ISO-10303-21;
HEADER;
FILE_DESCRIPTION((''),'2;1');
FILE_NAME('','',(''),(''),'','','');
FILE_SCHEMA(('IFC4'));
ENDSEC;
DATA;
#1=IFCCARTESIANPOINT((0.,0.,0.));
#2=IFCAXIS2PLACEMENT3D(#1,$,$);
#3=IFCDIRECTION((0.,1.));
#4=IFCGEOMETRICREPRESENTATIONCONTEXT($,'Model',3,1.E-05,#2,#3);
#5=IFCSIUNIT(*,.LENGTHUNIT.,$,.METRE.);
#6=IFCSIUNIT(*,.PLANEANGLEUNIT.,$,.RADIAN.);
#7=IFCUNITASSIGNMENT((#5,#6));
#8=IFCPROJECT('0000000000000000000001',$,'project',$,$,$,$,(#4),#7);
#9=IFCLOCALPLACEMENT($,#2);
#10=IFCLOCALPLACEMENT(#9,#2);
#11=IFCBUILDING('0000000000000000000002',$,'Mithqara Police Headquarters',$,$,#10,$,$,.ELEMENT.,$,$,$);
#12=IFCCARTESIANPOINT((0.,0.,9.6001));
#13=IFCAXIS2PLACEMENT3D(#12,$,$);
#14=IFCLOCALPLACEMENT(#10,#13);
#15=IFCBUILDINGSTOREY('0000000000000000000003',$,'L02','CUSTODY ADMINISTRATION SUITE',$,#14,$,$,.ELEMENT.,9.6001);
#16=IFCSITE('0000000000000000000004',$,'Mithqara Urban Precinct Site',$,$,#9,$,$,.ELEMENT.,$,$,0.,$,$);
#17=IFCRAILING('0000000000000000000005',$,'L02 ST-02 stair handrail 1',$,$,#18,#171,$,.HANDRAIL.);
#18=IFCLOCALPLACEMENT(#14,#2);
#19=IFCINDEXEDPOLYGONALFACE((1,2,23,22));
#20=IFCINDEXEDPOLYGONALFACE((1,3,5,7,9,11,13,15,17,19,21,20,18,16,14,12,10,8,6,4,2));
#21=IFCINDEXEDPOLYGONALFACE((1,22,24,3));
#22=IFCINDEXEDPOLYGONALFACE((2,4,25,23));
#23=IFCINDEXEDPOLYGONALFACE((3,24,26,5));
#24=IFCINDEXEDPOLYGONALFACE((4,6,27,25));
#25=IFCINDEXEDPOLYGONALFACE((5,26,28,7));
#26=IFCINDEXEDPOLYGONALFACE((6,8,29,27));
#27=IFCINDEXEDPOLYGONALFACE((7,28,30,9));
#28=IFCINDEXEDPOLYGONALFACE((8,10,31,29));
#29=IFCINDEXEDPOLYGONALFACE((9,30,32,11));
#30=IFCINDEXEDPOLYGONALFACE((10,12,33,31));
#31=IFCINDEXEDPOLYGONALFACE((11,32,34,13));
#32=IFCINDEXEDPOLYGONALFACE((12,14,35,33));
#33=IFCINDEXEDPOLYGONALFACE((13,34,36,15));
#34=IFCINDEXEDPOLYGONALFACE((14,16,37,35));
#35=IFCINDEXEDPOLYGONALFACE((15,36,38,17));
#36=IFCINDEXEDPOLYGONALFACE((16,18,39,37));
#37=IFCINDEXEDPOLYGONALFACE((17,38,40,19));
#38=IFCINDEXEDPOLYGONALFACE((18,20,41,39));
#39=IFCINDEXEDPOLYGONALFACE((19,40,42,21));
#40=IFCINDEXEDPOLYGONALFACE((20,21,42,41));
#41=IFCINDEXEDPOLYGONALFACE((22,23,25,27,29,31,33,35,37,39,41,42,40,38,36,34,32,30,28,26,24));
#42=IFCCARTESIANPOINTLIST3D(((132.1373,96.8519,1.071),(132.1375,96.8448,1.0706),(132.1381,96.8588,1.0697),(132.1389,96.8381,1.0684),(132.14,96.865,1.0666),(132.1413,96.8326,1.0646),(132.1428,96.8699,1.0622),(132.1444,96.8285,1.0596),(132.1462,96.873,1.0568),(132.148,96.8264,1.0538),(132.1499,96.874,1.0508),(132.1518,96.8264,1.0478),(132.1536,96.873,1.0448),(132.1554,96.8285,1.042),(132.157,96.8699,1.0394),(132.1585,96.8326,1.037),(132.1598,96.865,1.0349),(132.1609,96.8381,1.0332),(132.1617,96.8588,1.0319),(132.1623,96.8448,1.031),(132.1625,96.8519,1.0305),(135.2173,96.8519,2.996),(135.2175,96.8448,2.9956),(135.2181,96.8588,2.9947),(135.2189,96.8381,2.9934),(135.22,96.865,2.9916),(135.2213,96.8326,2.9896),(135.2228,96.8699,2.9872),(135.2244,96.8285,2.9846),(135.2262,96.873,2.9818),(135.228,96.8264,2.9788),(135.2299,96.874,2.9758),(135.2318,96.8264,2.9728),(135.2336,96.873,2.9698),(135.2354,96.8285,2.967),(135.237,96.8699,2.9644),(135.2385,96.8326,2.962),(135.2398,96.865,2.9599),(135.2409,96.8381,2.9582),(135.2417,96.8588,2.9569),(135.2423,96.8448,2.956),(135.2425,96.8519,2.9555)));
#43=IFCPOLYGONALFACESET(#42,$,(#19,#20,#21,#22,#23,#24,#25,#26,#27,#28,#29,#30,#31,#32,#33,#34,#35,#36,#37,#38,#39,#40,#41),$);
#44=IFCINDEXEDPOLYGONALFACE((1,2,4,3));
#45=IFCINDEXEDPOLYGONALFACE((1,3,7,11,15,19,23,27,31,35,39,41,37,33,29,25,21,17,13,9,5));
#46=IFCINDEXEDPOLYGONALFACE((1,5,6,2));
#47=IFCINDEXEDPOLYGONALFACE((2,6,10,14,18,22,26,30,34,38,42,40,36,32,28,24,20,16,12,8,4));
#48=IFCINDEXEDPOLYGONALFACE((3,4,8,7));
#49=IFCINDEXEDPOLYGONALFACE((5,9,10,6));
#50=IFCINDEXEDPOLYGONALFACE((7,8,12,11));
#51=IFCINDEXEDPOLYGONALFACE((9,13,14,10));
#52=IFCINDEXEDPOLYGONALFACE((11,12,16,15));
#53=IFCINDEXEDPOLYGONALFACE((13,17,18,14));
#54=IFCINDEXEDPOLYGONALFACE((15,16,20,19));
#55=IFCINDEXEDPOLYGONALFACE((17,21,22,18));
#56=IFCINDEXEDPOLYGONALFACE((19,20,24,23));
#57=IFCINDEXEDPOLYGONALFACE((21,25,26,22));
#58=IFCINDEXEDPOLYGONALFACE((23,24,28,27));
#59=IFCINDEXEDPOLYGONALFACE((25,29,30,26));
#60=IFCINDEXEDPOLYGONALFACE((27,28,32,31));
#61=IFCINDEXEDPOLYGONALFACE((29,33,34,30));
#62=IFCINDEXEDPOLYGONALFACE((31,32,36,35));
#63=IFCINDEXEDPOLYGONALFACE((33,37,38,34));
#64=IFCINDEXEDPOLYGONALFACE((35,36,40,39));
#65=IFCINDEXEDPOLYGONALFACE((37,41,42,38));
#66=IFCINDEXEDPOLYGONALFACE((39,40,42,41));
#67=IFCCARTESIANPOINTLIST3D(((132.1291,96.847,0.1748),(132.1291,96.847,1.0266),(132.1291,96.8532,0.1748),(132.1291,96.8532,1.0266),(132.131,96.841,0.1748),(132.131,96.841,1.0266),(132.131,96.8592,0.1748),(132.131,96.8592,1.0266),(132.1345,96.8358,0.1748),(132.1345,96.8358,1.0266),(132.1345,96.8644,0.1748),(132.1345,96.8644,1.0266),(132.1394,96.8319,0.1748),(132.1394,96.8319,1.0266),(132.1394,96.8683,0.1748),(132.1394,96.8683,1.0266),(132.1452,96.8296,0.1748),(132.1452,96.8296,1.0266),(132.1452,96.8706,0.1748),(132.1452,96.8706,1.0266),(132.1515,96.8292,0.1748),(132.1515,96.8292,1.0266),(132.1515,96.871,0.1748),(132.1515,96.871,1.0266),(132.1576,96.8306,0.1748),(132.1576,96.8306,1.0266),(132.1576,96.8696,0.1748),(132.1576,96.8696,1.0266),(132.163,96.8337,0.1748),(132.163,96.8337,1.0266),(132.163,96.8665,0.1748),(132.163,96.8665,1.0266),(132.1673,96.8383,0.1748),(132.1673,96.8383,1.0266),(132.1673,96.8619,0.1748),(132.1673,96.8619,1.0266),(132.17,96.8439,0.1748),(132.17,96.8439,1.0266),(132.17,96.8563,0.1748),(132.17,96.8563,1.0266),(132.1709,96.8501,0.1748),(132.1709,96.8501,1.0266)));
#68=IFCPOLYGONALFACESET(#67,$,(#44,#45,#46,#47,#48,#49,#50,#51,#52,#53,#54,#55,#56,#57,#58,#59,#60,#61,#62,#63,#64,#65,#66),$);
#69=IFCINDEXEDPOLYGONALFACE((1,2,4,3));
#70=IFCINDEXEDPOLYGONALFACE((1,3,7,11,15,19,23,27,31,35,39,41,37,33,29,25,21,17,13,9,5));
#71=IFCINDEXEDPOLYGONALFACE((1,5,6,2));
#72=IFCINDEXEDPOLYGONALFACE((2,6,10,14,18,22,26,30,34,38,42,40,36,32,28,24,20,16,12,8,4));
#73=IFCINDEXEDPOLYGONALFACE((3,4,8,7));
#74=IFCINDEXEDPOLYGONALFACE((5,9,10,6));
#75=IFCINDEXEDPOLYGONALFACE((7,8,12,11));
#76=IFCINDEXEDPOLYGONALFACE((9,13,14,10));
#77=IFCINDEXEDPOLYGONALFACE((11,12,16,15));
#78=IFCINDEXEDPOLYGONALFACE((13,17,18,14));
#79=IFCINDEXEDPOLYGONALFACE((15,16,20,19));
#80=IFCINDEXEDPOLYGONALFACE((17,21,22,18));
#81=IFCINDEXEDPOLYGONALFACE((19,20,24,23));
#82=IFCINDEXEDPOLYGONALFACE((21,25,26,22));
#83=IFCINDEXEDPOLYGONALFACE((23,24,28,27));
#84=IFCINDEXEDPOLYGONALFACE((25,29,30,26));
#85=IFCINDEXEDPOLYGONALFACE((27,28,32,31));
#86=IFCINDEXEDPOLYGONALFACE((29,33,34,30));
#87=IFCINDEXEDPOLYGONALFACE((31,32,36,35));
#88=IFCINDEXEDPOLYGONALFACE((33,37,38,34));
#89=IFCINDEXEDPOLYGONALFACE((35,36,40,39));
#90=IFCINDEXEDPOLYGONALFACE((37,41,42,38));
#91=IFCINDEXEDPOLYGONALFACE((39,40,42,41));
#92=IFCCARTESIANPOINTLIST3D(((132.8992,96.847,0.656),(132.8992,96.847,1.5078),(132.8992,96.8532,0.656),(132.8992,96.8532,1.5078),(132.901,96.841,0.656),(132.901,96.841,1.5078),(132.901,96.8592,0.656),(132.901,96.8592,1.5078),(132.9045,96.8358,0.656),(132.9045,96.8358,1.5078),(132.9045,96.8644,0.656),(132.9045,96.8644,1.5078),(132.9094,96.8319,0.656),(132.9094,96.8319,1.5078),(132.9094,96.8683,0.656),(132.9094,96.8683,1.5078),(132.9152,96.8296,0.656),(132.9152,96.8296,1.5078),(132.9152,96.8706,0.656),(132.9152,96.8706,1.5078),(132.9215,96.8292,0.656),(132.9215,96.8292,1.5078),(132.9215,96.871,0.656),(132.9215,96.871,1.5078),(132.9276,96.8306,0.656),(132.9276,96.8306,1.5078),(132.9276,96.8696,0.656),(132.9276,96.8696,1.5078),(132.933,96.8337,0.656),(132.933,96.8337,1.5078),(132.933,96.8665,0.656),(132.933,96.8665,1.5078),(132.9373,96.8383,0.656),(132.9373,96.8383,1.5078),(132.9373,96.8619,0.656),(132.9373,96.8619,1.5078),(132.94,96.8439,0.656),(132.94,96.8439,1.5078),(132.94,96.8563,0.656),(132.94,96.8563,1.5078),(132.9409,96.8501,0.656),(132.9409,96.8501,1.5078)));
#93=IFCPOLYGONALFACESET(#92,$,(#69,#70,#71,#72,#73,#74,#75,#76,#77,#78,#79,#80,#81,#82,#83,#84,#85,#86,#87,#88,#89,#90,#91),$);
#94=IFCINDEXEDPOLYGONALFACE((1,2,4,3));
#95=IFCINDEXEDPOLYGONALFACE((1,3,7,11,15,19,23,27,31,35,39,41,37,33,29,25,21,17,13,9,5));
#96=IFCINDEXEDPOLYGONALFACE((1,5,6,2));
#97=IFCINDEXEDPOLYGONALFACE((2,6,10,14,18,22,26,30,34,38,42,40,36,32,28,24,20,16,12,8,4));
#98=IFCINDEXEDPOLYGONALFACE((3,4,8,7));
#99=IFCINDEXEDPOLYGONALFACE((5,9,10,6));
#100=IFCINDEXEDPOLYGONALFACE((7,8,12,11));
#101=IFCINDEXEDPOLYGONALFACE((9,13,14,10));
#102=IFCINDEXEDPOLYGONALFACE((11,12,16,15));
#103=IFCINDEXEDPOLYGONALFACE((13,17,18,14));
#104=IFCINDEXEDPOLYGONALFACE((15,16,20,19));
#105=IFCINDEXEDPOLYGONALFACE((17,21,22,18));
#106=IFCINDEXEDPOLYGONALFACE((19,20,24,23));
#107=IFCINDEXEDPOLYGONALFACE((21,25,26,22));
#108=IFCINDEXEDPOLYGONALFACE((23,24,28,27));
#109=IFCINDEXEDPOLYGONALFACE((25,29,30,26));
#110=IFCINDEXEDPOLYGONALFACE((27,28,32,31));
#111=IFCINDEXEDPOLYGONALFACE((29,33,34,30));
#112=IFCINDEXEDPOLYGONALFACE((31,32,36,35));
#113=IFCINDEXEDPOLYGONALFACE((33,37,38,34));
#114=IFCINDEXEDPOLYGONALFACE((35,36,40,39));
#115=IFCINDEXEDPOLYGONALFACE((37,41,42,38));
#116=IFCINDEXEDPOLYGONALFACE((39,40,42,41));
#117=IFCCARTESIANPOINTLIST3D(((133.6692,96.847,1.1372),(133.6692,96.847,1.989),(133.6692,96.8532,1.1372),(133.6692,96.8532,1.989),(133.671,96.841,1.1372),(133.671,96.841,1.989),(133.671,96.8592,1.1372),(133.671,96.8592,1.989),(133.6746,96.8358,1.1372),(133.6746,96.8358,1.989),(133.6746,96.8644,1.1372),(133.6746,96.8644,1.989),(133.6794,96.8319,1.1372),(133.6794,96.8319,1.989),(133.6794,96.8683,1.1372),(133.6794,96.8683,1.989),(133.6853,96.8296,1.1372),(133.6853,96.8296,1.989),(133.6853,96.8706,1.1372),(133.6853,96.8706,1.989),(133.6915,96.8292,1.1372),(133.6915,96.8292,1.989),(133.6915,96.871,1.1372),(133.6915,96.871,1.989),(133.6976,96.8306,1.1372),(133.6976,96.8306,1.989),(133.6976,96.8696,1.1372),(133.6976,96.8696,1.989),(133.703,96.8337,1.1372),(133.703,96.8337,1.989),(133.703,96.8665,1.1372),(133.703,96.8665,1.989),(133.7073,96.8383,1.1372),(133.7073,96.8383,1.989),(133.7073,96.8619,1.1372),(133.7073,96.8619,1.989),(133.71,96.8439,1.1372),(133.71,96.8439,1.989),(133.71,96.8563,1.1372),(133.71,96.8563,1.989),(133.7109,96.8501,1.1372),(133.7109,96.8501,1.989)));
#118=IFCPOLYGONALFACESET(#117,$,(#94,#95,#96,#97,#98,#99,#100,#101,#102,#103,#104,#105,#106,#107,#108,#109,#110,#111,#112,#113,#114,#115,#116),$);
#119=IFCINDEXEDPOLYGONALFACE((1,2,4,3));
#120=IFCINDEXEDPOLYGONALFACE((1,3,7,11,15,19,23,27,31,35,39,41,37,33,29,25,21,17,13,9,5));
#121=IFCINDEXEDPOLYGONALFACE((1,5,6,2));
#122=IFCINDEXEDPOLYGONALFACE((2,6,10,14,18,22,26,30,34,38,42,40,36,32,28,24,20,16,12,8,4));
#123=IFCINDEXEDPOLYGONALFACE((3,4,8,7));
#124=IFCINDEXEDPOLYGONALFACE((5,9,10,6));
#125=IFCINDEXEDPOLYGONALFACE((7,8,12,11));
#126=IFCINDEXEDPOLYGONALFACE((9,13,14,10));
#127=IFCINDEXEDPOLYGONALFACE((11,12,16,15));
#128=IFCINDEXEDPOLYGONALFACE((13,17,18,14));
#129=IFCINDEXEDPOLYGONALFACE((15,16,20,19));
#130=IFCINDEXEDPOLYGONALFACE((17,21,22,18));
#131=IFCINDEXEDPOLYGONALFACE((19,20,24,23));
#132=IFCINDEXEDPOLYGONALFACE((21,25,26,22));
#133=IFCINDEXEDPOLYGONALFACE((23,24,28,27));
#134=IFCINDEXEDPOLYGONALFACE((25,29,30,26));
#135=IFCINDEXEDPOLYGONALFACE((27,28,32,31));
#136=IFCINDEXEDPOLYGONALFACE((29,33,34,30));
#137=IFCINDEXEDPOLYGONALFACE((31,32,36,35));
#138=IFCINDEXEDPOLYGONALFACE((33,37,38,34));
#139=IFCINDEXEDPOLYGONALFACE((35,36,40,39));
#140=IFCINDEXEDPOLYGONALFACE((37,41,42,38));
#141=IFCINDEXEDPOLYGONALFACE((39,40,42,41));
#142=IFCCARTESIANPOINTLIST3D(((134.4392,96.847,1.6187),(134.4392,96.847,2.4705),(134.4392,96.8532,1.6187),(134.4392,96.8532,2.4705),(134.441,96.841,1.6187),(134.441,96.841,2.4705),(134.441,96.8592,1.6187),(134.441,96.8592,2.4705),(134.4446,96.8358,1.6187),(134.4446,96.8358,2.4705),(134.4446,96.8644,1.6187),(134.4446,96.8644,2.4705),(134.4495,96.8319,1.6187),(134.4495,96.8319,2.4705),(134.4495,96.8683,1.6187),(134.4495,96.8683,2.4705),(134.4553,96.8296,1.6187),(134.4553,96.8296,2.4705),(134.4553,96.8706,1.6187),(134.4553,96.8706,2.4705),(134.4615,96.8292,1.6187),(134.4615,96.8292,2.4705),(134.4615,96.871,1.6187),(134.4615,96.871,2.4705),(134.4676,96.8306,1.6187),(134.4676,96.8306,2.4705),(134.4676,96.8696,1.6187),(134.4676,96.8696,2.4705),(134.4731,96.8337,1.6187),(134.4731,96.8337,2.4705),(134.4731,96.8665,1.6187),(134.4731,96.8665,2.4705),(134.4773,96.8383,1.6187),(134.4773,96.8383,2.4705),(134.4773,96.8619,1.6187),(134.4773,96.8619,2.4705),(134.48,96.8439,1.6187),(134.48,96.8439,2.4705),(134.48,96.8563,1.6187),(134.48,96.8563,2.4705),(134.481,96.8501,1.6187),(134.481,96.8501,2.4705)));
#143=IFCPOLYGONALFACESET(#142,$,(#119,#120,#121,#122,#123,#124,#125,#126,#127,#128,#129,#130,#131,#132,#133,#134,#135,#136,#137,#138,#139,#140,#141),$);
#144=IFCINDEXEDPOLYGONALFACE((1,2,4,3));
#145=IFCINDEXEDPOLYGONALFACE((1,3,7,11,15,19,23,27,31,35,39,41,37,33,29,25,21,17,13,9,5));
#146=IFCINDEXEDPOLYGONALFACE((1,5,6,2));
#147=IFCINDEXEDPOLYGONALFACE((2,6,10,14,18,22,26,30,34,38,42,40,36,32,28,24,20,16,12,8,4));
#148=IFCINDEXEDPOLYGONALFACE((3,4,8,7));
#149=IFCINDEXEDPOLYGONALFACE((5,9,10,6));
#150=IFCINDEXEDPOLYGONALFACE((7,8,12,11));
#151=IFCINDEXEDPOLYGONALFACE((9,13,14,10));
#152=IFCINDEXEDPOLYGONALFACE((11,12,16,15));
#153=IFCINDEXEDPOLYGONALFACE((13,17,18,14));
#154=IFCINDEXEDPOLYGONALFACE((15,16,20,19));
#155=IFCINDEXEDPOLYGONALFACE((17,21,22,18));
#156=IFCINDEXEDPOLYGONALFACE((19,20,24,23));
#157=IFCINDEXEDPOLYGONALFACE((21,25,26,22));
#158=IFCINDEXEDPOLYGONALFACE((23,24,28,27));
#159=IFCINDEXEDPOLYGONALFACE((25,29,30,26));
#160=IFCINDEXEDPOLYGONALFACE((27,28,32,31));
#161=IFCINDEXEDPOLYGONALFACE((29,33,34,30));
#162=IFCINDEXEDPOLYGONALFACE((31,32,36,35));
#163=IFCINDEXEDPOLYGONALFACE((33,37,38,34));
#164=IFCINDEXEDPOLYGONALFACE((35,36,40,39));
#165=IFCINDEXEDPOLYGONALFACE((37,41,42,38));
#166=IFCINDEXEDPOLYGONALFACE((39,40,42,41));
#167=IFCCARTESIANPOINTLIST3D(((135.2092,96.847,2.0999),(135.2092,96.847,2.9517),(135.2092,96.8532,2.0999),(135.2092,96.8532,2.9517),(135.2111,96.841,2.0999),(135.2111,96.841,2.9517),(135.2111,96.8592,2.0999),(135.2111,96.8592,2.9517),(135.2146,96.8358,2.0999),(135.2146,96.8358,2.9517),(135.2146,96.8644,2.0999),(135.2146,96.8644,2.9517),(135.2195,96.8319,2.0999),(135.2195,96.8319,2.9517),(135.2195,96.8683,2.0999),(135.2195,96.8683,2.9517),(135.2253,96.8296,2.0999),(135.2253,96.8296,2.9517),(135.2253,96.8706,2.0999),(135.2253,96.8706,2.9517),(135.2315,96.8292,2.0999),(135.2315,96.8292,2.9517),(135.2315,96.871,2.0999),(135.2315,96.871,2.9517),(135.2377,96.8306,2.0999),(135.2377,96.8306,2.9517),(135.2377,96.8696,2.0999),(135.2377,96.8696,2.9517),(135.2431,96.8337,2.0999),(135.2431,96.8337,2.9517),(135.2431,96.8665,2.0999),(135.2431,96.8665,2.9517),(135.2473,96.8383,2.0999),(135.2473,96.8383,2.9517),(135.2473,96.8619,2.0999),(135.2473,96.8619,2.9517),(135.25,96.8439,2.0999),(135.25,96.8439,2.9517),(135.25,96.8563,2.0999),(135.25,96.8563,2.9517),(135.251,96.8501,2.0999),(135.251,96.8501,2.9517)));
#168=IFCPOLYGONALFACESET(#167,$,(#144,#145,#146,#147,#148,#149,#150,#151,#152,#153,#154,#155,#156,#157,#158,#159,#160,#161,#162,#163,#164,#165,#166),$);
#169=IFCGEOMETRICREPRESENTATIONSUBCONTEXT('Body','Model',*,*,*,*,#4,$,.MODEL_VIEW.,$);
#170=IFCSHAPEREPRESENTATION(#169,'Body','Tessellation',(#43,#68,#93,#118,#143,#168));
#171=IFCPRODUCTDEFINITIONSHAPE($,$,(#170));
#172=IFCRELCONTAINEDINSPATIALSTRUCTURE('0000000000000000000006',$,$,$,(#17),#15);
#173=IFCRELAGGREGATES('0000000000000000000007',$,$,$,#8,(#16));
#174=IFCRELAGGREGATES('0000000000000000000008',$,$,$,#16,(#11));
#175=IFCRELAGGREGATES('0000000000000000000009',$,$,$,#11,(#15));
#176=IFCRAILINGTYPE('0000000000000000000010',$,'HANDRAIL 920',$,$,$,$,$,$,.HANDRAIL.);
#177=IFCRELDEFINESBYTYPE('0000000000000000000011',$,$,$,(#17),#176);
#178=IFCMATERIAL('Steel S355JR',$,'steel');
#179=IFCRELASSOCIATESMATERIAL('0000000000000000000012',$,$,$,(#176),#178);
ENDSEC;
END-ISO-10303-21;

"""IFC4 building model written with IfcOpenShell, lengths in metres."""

from ifc_helpers import new_model, si_unit, direction, frame, origin, origin_2d, place, context, subcontext, project, spatial, circle, extrude, material, type_object, element, save


model = new_model("IFC4")

# Units and contexts
model_context = context("Model", 3, precision=1e-05, world=origin(), true_north=direction((0.0, 1.0)))
body_context = subcontext(model_context, "Body", "Model", "MODEL_VIEW")
ifc_project = project(units=[si_unit("LENGTHUNIT", "METRE"), si_unit("PLANEANGLEUNIT", "RADIAN")], contexts=[model_context])

# Site, building, storey
site_placement = place(None, origin())
site = spatial("IfcSite", under=ifc_project, at=site_placement, Name="Mithqara Urban Precinct Site", CompositionType="ELEMENT", RefElevation=0.0)
building_placement = place(site_placement, origin())
building = spatial("IfcBuilding", under=site, at=building_placement, Name="Mithqara Police Headquarters", CompositionType="ELEMENT")
storey_placement = place(building_placement, frame((0.0, 0.0, 9.6001)))
storey = spatial("IfcBuildingStorey", under=building, at=storey_placement, Name="L02", Description="CUSTODY ADMINISTRATION SUITE", CompositionType="ELEMENT", Elevation=9.6001)

# Shared definitions
ifc_material_1 = material(Name="Steel S355JR", Category="steel")

# Railing
railing_type_1 = type_object("IfcRailingType", Name="HANDRAIL 920", PredefinedType="HANDRAIL", material=ifc_material_1)
railing_1_placement = place(storey_placement, frame((132.1499, 96.8501, 0.1748)))
element("IfcRailing", 1, at=railing_1_placement, inside=storey, type_object=railing_type_1, Name="L02 ST-02 stair handrail 1", PredefinedType="HANDRAIL", context=body_context, shape_type="SweptSolid", body=[
    extrude(circle(Radius=0.0239, at=origin_2d()), frame((0.0, 0.0, 0.876), z_axis=(0.847998, 0.0, 0.529999), x_axis=(0.0, 1.0, 0.0)), (0.0, 0.0, 1.0), 3.6321),
    extrude(circle(Radius=0.021, at=origin_2d()), origin(), (0.0, 0.0, 1.0), 0.8518),
    extrude(circle(Radius=0.021, at=origin_2d()), frame((0.77, 0.0, 0.4812)), (0.0, 0.0, 1.0), 0.8518),
    extrude(circle(Radius=0.021, at=origin_2d()), frame((1.54, 0.0, 0.9624)), (0.0, 0.0, 1.0), 0.8518),
    extrude(circle(Radius=0.021, at=origin_2d()), frame((2.3101, 0.0, 1.4438)), (0.0, 0.0, 1.0), 0.8518),
    extrude(circle(Radius=0.021, at=origin_2d()), frame((3.0801, 0.0, 1.925)), (0.0, 0.0, 1.0), 0.8518),
])

save(model, "model.ifc")
